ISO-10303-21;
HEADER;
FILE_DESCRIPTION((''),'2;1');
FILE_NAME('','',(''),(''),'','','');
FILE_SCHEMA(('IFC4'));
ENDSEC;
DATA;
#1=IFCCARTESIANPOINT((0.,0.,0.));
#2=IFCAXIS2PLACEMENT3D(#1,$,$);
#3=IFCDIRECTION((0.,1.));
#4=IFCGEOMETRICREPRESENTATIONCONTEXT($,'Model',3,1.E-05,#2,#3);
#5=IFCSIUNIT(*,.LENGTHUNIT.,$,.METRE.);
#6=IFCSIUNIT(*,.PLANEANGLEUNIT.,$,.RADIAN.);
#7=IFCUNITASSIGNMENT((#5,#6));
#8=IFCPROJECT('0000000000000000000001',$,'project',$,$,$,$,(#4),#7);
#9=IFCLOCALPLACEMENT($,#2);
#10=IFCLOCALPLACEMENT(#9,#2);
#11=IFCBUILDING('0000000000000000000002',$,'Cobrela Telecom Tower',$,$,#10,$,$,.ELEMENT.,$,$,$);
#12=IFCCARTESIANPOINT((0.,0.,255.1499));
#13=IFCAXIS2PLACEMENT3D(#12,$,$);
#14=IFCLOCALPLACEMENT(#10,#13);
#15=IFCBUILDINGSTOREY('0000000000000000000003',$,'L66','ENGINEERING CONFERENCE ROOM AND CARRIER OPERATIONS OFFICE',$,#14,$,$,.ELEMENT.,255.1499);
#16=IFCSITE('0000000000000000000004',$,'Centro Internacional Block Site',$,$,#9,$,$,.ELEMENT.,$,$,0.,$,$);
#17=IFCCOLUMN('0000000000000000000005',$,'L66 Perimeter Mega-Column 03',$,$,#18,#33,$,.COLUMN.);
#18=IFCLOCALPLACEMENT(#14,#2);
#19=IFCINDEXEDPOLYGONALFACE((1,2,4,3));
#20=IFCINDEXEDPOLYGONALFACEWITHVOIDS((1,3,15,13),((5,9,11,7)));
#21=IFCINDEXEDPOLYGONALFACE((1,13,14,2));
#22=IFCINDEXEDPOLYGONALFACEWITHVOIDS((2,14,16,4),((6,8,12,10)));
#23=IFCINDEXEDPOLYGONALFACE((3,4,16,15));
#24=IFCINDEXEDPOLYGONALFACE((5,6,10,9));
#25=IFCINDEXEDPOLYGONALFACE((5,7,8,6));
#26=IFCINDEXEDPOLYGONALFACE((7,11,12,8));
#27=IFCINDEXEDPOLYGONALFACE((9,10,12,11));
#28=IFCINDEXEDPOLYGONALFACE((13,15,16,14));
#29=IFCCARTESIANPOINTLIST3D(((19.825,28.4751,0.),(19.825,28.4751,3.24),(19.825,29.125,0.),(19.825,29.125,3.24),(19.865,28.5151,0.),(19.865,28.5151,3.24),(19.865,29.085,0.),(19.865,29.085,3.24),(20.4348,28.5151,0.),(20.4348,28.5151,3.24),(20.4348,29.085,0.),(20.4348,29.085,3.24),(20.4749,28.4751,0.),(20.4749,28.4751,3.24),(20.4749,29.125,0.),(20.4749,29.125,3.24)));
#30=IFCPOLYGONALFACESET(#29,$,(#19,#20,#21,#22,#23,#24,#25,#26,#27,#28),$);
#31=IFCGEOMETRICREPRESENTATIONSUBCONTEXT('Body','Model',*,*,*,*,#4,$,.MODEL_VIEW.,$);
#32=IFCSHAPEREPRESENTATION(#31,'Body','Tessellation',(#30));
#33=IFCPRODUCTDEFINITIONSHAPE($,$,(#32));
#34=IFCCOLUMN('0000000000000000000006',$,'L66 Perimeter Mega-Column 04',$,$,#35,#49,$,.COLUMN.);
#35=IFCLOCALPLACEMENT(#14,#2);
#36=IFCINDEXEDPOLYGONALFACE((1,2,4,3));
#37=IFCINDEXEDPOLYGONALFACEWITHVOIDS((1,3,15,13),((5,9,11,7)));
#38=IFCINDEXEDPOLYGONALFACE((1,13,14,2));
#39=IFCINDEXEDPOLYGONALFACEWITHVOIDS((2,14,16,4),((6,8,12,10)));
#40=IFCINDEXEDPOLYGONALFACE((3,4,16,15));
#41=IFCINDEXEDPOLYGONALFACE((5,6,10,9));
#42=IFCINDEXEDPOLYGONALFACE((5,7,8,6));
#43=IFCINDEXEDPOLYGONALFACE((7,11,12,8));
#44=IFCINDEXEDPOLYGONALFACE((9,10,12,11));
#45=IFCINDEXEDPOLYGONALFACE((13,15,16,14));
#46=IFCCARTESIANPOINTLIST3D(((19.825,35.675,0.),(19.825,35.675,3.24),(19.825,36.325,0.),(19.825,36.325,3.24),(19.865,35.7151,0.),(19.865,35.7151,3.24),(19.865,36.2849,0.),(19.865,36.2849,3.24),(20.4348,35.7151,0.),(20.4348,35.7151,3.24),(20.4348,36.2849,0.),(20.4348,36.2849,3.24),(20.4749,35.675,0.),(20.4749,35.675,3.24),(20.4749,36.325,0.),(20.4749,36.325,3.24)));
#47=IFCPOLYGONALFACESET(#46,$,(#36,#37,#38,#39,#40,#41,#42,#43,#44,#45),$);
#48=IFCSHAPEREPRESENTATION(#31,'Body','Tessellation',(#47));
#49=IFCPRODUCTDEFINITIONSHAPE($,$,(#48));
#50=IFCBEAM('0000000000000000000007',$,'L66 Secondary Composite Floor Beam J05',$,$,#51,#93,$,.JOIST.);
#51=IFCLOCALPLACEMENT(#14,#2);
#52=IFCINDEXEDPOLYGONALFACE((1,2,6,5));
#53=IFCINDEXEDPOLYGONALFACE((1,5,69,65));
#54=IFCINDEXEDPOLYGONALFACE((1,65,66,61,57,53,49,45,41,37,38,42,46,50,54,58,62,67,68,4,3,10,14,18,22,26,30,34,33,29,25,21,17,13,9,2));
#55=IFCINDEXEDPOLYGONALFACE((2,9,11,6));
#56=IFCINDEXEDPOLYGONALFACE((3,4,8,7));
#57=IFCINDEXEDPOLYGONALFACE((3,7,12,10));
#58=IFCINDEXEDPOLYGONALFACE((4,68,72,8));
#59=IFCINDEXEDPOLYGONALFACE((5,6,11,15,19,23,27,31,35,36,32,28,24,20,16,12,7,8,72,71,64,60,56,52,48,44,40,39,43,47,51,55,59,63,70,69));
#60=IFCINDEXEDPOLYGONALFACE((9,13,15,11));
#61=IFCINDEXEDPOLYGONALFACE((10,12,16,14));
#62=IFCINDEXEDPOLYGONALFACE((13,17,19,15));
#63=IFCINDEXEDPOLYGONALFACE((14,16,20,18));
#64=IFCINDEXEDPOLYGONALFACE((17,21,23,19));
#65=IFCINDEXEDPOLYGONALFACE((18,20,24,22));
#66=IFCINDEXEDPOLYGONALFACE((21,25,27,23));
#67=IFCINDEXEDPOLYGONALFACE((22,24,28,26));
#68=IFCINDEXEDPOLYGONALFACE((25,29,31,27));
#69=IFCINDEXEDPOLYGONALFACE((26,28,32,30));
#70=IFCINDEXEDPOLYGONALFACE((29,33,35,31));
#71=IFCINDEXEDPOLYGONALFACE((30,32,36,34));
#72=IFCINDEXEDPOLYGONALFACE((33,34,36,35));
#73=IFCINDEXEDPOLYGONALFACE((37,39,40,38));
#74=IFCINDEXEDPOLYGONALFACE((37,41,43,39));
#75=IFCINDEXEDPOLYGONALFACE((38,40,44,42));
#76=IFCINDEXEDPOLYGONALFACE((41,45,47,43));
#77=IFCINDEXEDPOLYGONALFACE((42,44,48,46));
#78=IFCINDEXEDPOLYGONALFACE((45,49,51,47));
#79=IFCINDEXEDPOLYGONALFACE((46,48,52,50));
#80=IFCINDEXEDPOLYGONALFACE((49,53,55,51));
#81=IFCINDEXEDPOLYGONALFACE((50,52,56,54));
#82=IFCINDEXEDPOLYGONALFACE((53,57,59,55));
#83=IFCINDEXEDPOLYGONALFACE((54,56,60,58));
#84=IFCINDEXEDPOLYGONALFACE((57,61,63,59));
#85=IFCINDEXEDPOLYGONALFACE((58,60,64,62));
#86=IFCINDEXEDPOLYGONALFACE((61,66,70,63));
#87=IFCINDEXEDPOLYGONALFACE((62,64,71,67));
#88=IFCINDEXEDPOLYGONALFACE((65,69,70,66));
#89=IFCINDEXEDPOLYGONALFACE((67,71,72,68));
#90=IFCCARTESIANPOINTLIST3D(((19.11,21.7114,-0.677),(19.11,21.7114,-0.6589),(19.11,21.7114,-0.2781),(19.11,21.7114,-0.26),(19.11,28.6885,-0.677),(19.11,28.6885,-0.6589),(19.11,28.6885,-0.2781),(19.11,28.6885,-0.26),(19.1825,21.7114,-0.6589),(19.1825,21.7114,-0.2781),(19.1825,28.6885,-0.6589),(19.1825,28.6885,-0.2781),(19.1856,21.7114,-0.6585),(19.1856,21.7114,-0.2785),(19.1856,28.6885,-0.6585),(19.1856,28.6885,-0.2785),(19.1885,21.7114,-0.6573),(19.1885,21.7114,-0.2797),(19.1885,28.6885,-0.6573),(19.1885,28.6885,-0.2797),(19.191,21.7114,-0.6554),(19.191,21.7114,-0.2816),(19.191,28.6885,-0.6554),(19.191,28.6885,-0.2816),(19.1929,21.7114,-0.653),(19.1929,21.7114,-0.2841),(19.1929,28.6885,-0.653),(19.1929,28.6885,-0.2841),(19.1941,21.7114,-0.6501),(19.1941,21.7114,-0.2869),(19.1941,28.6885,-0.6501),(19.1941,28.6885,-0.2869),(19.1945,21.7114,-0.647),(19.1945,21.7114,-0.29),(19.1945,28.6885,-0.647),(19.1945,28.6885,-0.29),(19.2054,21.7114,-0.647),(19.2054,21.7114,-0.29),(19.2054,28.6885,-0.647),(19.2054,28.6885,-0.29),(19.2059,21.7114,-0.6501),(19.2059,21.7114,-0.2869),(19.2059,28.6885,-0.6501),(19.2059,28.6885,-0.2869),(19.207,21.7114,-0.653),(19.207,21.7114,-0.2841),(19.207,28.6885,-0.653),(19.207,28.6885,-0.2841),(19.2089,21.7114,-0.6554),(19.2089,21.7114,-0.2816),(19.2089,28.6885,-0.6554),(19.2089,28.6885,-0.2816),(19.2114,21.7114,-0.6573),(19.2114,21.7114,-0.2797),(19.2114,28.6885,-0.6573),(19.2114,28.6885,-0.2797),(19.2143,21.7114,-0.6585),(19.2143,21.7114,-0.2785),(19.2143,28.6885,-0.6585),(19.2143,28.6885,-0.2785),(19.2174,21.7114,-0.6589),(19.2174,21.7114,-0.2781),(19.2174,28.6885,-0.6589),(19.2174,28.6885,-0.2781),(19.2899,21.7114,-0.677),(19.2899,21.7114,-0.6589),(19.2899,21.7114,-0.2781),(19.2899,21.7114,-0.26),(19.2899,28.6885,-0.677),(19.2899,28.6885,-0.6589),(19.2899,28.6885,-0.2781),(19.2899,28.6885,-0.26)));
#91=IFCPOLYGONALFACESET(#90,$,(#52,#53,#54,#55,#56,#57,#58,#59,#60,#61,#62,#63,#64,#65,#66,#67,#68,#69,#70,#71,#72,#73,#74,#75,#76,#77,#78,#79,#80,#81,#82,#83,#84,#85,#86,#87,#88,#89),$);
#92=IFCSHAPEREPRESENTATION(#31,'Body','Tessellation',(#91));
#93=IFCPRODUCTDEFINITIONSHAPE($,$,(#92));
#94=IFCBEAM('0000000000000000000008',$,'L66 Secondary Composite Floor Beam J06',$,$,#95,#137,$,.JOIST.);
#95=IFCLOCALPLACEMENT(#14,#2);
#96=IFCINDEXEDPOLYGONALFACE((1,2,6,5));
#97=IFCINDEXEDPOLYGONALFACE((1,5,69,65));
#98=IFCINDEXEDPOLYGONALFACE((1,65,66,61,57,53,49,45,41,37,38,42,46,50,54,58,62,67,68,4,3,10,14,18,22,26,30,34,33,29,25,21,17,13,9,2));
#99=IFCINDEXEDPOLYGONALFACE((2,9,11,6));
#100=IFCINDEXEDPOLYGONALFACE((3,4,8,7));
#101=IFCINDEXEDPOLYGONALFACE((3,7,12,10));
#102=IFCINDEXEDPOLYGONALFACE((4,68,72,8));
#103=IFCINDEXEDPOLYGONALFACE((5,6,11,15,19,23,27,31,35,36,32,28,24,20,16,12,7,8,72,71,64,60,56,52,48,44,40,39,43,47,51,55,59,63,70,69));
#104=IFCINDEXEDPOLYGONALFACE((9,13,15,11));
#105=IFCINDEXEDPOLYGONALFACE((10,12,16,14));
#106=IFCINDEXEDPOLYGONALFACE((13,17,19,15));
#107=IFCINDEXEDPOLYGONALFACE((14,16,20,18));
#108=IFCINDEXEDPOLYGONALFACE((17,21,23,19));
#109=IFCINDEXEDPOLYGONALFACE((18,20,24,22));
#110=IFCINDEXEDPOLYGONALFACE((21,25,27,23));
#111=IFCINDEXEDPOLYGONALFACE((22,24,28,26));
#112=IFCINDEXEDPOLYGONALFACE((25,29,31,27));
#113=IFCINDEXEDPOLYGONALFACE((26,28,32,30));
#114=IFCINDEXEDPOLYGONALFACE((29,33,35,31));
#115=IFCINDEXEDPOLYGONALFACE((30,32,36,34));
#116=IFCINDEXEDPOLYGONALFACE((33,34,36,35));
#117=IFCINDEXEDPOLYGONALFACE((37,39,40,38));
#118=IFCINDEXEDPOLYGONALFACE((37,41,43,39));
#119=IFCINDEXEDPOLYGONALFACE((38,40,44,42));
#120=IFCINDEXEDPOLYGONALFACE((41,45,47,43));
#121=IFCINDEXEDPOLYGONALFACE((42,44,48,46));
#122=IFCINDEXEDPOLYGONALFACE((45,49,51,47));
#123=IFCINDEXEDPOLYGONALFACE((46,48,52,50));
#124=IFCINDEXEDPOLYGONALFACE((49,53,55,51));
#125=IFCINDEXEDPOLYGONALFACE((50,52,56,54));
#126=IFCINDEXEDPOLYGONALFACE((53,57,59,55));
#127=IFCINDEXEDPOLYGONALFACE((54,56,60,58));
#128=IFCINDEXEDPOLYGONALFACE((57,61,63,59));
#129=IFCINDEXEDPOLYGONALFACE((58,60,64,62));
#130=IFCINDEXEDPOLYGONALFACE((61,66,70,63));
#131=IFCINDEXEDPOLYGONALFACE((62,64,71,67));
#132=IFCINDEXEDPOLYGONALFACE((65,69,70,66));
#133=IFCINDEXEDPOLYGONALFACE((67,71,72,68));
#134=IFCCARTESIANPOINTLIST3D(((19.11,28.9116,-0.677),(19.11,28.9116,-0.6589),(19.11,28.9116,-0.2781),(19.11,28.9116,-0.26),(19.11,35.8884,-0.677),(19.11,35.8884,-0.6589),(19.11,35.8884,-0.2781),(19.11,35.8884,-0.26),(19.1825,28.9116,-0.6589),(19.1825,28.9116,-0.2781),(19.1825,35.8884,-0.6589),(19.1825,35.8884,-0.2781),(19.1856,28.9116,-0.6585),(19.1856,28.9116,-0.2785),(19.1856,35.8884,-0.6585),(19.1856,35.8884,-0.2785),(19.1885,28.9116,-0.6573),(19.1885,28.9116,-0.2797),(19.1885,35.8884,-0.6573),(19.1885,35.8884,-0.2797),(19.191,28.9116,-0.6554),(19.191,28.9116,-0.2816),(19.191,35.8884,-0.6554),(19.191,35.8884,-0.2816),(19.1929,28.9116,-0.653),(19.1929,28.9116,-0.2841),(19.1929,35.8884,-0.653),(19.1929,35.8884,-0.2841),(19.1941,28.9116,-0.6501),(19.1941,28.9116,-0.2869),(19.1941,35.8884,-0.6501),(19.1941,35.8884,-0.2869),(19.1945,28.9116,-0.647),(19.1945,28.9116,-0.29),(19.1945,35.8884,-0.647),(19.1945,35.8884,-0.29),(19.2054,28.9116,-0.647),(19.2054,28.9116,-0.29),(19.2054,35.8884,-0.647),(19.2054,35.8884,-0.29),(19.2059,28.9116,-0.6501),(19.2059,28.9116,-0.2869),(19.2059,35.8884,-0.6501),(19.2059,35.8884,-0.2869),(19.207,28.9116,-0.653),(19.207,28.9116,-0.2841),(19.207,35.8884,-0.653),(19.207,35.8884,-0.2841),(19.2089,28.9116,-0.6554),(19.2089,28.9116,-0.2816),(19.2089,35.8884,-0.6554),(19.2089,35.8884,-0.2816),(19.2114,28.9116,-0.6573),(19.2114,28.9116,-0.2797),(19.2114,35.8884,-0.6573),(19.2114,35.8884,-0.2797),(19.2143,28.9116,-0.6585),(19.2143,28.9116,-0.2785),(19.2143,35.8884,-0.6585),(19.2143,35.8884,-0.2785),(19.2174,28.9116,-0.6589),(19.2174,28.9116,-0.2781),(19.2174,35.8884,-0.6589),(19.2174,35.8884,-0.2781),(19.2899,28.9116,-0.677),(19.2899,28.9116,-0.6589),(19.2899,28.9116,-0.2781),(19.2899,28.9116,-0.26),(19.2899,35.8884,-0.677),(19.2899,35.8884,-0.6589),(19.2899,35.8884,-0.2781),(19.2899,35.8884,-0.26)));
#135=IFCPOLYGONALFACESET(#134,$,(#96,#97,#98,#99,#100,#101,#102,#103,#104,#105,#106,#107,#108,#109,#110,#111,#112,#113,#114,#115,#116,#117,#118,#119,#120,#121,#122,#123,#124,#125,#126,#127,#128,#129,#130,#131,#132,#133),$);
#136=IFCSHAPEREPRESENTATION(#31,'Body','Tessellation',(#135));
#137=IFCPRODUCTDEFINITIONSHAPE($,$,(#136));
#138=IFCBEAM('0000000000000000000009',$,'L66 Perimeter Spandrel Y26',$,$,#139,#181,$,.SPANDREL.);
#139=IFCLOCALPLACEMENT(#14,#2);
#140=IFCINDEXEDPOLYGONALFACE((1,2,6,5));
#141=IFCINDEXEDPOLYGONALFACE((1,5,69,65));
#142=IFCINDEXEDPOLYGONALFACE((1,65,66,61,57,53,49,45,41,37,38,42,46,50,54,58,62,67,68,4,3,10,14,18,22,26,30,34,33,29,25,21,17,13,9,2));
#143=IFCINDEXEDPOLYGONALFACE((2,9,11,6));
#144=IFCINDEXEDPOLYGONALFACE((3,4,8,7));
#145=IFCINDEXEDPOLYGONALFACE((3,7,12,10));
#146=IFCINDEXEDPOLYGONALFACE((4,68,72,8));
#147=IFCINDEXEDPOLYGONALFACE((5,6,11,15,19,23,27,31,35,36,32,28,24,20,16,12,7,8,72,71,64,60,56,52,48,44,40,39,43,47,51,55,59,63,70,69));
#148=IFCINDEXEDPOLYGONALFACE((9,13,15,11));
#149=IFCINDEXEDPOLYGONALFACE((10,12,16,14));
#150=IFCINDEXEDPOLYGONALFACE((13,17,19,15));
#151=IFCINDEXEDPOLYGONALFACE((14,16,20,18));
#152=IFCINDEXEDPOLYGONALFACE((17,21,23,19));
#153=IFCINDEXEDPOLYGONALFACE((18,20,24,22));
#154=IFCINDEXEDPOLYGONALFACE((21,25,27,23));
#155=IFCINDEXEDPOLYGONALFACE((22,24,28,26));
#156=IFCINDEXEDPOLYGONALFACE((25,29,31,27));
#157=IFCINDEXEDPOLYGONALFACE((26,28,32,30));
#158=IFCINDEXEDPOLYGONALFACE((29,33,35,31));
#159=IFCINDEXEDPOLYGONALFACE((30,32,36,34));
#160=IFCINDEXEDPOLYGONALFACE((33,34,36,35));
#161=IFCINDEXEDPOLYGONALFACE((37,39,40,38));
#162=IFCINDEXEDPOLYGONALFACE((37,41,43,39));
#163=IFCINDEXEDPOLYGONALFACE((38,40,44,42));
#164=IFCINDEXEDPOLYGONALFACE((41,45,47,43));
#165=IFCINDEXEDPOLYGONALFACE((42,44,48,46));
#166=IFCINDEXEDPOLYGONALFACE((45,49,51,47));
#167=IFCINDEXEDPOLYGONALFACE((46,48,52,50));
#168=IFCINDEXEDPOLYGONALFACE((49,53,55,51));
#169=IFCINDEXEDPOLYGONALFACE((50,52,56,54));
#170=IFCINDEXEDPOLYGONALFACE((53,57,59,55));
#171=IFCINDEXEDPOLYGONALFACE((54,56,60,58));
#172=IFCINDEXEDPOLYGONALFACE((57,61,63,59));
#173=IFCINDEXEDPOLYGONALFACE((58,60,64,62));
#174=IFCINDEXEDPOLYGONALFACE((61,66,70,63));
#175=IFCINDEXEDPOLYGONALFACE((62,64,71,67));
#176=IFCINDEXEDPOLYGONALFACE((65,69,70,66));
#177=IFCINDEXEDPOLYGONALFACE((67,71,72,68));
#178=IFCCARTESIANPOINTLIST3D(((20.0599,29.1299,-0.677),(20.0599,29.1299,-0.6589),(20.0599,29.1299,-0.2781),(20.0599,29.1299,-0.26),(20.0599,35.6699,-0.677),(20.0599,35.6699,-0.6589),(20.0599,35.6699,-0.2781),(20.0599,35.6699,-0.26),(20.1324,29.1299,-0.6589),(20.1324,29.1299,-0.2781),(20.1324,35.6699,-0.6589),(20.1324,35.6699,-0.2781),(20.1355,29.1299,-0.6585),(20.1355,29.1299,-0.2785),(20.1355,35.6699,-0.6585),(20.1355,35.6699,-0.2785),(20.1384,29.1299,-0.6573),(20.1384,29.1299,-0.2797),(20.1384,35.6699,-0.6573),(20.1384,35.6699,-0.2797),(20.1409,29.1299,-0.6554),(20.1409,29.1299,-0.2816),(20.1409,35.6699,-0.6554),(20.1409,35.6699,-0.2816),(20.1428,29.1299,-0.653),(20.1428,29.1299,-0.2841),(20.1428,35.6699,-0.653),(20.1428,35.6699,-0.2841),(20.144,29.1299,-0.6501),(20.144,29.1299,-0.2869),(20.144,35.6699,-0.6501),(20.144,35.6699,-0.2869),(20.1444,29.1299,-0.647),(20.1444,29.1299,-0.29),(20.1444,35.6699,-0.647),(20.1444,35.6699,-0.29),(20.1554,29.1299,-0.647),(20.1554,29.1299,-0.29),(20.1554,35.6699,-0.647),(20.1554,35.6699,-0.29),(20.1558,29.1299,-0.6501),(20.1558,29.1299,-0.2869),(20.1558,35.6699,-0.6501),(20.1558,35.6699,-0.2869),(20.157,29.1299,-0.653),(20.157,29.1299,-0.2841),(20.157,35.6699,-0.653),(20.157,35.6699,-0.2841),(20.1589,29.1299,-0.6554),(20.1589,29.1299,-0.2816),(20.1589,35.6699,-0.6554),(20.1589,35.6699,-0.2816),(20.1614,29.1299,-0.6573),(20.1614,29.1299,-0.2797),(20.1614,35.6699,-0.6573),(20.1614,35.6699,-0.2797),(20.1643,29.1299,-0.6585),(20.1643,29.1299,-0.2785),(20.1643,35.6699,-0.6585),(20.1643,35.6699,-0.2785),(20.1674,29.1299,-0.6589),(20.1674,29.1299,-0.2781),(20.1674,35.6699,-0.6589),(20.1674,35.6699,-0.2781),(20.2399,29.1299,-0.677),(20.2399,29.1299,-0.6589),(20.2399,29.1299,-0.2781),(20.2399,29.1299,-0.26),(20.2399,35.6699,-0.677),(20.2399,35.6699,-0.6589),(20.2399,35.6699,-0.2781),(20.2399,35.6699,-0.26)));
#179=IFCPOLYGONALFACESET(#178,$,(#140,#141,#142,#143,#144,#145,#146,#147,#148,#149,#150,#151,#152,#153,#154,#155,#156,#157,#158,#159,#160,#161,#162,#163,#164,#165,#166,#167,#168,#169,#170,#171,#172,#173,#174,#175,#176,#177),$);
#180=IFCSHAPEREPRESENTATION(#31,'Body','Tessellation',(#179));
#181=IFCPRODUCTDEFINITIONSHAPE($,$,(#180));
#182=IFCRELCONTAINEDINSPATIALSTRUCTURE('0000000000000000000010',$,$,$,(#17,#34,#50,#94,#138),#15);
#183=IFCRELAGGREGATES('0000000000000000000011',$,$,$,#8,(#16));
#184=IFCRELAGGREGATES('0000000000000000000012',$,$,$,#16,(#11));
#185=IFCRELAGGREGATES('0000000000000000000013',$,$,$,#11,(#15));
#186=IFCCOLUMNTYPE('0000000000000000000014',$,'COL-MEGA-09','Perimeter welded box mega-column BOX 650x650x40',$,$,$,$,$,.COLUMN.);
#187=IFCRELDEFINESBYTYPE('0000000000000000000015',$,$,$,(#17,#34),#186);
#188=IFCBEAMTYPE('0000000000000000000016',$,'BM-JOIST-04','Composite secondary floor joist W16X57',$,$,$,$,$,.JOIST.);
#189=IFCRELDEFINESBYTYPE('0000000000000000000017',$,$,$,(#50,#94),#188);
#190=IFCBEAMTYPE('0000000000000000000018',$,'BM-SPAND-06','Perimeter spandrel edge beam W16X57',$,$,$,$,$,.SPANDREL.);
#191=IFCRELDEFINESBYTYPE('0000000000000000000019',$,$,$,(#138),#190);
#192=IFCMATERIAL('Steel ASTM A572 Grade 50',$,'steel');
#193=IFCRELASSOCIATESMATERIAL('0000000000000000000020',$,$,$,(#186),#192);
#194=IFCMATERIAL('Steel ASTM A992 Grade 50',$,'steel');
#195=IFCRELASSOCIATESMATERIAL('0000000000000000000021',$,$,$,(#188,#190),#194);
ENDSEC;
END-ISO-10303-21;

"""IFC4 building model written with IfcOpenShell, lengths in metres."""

from ifc_helpers import new_model, si_unit, direction, frame, origin, origin_2d, place, context, subcontext, project, spatial, hollow_rectangle, i_section, extrude, material, material_profile, profile_set, type_object, element, save


model = new_model("IFC4")

# Units and contexts
model_context = context("Model", 3, precision=1e-05, world=origin(), true_north=direction((0.0, 1.0)))
body_context = subcontext(model_context, "Body", "Model", "MODEL_VIEW")
ifc_project = project(units=[si_unit("LENGTHUNIT", "METRE"), si_unit("PLANEANGLEUNIT", "RADIAN")], contexts=[model_context])

# Site, building, storey
site_placement = place(None, origin())
site = spatial("IfcSite", under=ifc_project, at=site_placement, Name="Centro Internacional Block Site", CompositionType="ELEMENT", RefElevation=0.0)
building_placement = place(site_placement, origin())
building = spatial("IfcBuilding", under=site, at=building_placement, Name="Cobrela Telecom Tower", CompositionType="ELEMENT")
storey_placement = place(building_placement, frame((0.0, 0.0, 255.1499)))
storey = spatial("IfcBuildingStorey", under=building, at=storey_placement, Name="L66", Description="ENGINEERING CONFERENCE ROOM AND CARRIER OPERATIONS OFFICE", CompositionType="ELEMENT", Elevation=255.1499)

# Columns
ifc_material_1 = material(Name="Steel ASTM A572 Grade 50", Category="steel")
ifc_material_profile_1 = material_profile(ifc_material_1, hollow_rectangle(XDim=0.6499, YDim=0.6499, WallThickness=0.04, at=origin_2d()), Name="BOX 650x650x40")
ifc_profile_set_1 = profile_set([ifc_material_profile_1], Name="Steel ASTM A572 Grade 50")
column_type = type_object("IfcColumnType", Name="COL-MEGA-09", Description="Perimeter welded box mega-column BOX 650x650x40", PredefinedType="COLUMN", material=ifc_profile_set_1)
for number, where, z_axis, x_axis, name in (
    (1, (20.1499, 28.8, 0.0), (0.0, 0.0, 1.0), (1.0, 0.0, 0.0), "L66 Perimeter Mega-Column 03"),
    (2, (20.1499, 36.0, 0.0), (0.0, 0.0, 1.0), (1.0, 0.0, 0.0), "L66 Perimeter Mega-Column 04"),
):
    element("IfcColumn", number, at=place(storey_placement, frame(where, z_axis=z_axis, x_axis=x_axis)), inside=storey, type_object=column_type, Name=name, PredefinedType="COLUMN", context=body_context, shape_type="SweptSolid", body=[
        extrude(hollow_rectangle(XDim=0.6499, YDim=0.6499, WallThickness=0.04, at=origin_2d()), origin(), (0.0, 0.0, 1.0), 3.24),
    ])

# Beams
ifc_material_2 = material(Name="Steel ASTM A992 Grade 50", Category="steel")
ifc_material_profile_2 = material_profile(ifc_material_2, i_section(OverallWidth=0.1799, OverallDepth=0.417, WebThickness=0.011, FlangeThickness=0.0181, FilletRadius=0.012, at=origin_2d()), Name="W16X57")
ifc_profile_set_2 = profile_set([ifc_material_profile_2], Name="Steel ASTM A992 Grade 50")
beam_type_1 = type_object("IfcBeamType", Name="BM-JOIST-04", Description="Composite secondary floor joist W16X57", PredefinedType="JOIST", material=ifc_profile_set_2)
beam_1_placement = place(storey_placement, frame((19.2, 21.7114, -0.4685), z_axis=(0.0, 1.0, 0.0), x_axis=(-1.0, 0.0, 0.0)))
element("IfcBeam", 3, at=beam_1_placement, inside=storey, type_object=beam_type_1, Name="L66 Secondary Composite Floor Beam J05", PredefinedType="JOIST", context=body_context, shape_type="SweptSolid", body=[
    extrude(i_section(OverallWidth=0.1799, OverallDepth=0.417, WebThickness=0.011, FlangeThickness=0.0181, FilletRadius=0.012, at=origin_2d()), origin(), (0.0, 0.0, 1.0), 6.9771),
])
beam_2_placement = place(storey_placement, frame((19.2, 28.9116, -0.4685), z_axis=(0.0, 1.0, 0.0), x_axis=(-1.0, 0.0, 0.0)))
element("IfcBeam", 4, at=beam_2_placement, inside=storey, type_object=beam_type_1, Name="L66 Secondary Composite Floor Beam J06", PredefinedType="JOIST", context=body_context, shape_type="SweptSolid", body=[
    extrude(i_section(OverallWidth=0.1799, OverallDepth=0.417, WebThickness=0.011, FlangeThickness=0.0181, FilletRadius=0.012, at=origin_2d()), origin(), (0.0, 0.0, 1.0), 6.9768),
])
ifc_material_profile_3 = material_profile(ifc_material_2, i_section(OverallWidth=0.1799, OverallDepth=0.417, WebThickness=0.011, FlangeThickness=0.0181, FilletRadius=0.012, at=origin_2d()), Name="W16X57")
ifc_profile_set_3 = profile_set([ifc_material_profile_3], Name="Steel ASTM A992 Grade 50")
beam_type_2 = type_object("IfcBeamType", Name="BM-SPAND-06", Description="Perimeter spandrel edge beam W16X57", PredefinedType="SPANDREL", material=ifc_profile_set_3)
beam_3_placement = place(storey_placement, frame((20.1499, 29.1299, -0.4685), z_axis=(0.0, 1.0, 0.0), x_axis=(-1.0, 0.0, 0.0)))
element("IfcBeam", 5, at=beam_3_placement, inside=storey, type_object=beam_type_2, Name="L66 Perimeter Spandrel Y26", PredefinedType="SPANDREL", context=body_context, shape_type="SweptSolid", body=[
    extrude(i_section(OverallWidth=0.1799, OverallDepth=0.417, WebThickness=0.011, FlangeThickness=0.0181, FilletRadius=0.012, at=origin_2d()), origin(), (0.0, 0.0, 1.0), 6.54),
])

save(model, "model.ifc")
